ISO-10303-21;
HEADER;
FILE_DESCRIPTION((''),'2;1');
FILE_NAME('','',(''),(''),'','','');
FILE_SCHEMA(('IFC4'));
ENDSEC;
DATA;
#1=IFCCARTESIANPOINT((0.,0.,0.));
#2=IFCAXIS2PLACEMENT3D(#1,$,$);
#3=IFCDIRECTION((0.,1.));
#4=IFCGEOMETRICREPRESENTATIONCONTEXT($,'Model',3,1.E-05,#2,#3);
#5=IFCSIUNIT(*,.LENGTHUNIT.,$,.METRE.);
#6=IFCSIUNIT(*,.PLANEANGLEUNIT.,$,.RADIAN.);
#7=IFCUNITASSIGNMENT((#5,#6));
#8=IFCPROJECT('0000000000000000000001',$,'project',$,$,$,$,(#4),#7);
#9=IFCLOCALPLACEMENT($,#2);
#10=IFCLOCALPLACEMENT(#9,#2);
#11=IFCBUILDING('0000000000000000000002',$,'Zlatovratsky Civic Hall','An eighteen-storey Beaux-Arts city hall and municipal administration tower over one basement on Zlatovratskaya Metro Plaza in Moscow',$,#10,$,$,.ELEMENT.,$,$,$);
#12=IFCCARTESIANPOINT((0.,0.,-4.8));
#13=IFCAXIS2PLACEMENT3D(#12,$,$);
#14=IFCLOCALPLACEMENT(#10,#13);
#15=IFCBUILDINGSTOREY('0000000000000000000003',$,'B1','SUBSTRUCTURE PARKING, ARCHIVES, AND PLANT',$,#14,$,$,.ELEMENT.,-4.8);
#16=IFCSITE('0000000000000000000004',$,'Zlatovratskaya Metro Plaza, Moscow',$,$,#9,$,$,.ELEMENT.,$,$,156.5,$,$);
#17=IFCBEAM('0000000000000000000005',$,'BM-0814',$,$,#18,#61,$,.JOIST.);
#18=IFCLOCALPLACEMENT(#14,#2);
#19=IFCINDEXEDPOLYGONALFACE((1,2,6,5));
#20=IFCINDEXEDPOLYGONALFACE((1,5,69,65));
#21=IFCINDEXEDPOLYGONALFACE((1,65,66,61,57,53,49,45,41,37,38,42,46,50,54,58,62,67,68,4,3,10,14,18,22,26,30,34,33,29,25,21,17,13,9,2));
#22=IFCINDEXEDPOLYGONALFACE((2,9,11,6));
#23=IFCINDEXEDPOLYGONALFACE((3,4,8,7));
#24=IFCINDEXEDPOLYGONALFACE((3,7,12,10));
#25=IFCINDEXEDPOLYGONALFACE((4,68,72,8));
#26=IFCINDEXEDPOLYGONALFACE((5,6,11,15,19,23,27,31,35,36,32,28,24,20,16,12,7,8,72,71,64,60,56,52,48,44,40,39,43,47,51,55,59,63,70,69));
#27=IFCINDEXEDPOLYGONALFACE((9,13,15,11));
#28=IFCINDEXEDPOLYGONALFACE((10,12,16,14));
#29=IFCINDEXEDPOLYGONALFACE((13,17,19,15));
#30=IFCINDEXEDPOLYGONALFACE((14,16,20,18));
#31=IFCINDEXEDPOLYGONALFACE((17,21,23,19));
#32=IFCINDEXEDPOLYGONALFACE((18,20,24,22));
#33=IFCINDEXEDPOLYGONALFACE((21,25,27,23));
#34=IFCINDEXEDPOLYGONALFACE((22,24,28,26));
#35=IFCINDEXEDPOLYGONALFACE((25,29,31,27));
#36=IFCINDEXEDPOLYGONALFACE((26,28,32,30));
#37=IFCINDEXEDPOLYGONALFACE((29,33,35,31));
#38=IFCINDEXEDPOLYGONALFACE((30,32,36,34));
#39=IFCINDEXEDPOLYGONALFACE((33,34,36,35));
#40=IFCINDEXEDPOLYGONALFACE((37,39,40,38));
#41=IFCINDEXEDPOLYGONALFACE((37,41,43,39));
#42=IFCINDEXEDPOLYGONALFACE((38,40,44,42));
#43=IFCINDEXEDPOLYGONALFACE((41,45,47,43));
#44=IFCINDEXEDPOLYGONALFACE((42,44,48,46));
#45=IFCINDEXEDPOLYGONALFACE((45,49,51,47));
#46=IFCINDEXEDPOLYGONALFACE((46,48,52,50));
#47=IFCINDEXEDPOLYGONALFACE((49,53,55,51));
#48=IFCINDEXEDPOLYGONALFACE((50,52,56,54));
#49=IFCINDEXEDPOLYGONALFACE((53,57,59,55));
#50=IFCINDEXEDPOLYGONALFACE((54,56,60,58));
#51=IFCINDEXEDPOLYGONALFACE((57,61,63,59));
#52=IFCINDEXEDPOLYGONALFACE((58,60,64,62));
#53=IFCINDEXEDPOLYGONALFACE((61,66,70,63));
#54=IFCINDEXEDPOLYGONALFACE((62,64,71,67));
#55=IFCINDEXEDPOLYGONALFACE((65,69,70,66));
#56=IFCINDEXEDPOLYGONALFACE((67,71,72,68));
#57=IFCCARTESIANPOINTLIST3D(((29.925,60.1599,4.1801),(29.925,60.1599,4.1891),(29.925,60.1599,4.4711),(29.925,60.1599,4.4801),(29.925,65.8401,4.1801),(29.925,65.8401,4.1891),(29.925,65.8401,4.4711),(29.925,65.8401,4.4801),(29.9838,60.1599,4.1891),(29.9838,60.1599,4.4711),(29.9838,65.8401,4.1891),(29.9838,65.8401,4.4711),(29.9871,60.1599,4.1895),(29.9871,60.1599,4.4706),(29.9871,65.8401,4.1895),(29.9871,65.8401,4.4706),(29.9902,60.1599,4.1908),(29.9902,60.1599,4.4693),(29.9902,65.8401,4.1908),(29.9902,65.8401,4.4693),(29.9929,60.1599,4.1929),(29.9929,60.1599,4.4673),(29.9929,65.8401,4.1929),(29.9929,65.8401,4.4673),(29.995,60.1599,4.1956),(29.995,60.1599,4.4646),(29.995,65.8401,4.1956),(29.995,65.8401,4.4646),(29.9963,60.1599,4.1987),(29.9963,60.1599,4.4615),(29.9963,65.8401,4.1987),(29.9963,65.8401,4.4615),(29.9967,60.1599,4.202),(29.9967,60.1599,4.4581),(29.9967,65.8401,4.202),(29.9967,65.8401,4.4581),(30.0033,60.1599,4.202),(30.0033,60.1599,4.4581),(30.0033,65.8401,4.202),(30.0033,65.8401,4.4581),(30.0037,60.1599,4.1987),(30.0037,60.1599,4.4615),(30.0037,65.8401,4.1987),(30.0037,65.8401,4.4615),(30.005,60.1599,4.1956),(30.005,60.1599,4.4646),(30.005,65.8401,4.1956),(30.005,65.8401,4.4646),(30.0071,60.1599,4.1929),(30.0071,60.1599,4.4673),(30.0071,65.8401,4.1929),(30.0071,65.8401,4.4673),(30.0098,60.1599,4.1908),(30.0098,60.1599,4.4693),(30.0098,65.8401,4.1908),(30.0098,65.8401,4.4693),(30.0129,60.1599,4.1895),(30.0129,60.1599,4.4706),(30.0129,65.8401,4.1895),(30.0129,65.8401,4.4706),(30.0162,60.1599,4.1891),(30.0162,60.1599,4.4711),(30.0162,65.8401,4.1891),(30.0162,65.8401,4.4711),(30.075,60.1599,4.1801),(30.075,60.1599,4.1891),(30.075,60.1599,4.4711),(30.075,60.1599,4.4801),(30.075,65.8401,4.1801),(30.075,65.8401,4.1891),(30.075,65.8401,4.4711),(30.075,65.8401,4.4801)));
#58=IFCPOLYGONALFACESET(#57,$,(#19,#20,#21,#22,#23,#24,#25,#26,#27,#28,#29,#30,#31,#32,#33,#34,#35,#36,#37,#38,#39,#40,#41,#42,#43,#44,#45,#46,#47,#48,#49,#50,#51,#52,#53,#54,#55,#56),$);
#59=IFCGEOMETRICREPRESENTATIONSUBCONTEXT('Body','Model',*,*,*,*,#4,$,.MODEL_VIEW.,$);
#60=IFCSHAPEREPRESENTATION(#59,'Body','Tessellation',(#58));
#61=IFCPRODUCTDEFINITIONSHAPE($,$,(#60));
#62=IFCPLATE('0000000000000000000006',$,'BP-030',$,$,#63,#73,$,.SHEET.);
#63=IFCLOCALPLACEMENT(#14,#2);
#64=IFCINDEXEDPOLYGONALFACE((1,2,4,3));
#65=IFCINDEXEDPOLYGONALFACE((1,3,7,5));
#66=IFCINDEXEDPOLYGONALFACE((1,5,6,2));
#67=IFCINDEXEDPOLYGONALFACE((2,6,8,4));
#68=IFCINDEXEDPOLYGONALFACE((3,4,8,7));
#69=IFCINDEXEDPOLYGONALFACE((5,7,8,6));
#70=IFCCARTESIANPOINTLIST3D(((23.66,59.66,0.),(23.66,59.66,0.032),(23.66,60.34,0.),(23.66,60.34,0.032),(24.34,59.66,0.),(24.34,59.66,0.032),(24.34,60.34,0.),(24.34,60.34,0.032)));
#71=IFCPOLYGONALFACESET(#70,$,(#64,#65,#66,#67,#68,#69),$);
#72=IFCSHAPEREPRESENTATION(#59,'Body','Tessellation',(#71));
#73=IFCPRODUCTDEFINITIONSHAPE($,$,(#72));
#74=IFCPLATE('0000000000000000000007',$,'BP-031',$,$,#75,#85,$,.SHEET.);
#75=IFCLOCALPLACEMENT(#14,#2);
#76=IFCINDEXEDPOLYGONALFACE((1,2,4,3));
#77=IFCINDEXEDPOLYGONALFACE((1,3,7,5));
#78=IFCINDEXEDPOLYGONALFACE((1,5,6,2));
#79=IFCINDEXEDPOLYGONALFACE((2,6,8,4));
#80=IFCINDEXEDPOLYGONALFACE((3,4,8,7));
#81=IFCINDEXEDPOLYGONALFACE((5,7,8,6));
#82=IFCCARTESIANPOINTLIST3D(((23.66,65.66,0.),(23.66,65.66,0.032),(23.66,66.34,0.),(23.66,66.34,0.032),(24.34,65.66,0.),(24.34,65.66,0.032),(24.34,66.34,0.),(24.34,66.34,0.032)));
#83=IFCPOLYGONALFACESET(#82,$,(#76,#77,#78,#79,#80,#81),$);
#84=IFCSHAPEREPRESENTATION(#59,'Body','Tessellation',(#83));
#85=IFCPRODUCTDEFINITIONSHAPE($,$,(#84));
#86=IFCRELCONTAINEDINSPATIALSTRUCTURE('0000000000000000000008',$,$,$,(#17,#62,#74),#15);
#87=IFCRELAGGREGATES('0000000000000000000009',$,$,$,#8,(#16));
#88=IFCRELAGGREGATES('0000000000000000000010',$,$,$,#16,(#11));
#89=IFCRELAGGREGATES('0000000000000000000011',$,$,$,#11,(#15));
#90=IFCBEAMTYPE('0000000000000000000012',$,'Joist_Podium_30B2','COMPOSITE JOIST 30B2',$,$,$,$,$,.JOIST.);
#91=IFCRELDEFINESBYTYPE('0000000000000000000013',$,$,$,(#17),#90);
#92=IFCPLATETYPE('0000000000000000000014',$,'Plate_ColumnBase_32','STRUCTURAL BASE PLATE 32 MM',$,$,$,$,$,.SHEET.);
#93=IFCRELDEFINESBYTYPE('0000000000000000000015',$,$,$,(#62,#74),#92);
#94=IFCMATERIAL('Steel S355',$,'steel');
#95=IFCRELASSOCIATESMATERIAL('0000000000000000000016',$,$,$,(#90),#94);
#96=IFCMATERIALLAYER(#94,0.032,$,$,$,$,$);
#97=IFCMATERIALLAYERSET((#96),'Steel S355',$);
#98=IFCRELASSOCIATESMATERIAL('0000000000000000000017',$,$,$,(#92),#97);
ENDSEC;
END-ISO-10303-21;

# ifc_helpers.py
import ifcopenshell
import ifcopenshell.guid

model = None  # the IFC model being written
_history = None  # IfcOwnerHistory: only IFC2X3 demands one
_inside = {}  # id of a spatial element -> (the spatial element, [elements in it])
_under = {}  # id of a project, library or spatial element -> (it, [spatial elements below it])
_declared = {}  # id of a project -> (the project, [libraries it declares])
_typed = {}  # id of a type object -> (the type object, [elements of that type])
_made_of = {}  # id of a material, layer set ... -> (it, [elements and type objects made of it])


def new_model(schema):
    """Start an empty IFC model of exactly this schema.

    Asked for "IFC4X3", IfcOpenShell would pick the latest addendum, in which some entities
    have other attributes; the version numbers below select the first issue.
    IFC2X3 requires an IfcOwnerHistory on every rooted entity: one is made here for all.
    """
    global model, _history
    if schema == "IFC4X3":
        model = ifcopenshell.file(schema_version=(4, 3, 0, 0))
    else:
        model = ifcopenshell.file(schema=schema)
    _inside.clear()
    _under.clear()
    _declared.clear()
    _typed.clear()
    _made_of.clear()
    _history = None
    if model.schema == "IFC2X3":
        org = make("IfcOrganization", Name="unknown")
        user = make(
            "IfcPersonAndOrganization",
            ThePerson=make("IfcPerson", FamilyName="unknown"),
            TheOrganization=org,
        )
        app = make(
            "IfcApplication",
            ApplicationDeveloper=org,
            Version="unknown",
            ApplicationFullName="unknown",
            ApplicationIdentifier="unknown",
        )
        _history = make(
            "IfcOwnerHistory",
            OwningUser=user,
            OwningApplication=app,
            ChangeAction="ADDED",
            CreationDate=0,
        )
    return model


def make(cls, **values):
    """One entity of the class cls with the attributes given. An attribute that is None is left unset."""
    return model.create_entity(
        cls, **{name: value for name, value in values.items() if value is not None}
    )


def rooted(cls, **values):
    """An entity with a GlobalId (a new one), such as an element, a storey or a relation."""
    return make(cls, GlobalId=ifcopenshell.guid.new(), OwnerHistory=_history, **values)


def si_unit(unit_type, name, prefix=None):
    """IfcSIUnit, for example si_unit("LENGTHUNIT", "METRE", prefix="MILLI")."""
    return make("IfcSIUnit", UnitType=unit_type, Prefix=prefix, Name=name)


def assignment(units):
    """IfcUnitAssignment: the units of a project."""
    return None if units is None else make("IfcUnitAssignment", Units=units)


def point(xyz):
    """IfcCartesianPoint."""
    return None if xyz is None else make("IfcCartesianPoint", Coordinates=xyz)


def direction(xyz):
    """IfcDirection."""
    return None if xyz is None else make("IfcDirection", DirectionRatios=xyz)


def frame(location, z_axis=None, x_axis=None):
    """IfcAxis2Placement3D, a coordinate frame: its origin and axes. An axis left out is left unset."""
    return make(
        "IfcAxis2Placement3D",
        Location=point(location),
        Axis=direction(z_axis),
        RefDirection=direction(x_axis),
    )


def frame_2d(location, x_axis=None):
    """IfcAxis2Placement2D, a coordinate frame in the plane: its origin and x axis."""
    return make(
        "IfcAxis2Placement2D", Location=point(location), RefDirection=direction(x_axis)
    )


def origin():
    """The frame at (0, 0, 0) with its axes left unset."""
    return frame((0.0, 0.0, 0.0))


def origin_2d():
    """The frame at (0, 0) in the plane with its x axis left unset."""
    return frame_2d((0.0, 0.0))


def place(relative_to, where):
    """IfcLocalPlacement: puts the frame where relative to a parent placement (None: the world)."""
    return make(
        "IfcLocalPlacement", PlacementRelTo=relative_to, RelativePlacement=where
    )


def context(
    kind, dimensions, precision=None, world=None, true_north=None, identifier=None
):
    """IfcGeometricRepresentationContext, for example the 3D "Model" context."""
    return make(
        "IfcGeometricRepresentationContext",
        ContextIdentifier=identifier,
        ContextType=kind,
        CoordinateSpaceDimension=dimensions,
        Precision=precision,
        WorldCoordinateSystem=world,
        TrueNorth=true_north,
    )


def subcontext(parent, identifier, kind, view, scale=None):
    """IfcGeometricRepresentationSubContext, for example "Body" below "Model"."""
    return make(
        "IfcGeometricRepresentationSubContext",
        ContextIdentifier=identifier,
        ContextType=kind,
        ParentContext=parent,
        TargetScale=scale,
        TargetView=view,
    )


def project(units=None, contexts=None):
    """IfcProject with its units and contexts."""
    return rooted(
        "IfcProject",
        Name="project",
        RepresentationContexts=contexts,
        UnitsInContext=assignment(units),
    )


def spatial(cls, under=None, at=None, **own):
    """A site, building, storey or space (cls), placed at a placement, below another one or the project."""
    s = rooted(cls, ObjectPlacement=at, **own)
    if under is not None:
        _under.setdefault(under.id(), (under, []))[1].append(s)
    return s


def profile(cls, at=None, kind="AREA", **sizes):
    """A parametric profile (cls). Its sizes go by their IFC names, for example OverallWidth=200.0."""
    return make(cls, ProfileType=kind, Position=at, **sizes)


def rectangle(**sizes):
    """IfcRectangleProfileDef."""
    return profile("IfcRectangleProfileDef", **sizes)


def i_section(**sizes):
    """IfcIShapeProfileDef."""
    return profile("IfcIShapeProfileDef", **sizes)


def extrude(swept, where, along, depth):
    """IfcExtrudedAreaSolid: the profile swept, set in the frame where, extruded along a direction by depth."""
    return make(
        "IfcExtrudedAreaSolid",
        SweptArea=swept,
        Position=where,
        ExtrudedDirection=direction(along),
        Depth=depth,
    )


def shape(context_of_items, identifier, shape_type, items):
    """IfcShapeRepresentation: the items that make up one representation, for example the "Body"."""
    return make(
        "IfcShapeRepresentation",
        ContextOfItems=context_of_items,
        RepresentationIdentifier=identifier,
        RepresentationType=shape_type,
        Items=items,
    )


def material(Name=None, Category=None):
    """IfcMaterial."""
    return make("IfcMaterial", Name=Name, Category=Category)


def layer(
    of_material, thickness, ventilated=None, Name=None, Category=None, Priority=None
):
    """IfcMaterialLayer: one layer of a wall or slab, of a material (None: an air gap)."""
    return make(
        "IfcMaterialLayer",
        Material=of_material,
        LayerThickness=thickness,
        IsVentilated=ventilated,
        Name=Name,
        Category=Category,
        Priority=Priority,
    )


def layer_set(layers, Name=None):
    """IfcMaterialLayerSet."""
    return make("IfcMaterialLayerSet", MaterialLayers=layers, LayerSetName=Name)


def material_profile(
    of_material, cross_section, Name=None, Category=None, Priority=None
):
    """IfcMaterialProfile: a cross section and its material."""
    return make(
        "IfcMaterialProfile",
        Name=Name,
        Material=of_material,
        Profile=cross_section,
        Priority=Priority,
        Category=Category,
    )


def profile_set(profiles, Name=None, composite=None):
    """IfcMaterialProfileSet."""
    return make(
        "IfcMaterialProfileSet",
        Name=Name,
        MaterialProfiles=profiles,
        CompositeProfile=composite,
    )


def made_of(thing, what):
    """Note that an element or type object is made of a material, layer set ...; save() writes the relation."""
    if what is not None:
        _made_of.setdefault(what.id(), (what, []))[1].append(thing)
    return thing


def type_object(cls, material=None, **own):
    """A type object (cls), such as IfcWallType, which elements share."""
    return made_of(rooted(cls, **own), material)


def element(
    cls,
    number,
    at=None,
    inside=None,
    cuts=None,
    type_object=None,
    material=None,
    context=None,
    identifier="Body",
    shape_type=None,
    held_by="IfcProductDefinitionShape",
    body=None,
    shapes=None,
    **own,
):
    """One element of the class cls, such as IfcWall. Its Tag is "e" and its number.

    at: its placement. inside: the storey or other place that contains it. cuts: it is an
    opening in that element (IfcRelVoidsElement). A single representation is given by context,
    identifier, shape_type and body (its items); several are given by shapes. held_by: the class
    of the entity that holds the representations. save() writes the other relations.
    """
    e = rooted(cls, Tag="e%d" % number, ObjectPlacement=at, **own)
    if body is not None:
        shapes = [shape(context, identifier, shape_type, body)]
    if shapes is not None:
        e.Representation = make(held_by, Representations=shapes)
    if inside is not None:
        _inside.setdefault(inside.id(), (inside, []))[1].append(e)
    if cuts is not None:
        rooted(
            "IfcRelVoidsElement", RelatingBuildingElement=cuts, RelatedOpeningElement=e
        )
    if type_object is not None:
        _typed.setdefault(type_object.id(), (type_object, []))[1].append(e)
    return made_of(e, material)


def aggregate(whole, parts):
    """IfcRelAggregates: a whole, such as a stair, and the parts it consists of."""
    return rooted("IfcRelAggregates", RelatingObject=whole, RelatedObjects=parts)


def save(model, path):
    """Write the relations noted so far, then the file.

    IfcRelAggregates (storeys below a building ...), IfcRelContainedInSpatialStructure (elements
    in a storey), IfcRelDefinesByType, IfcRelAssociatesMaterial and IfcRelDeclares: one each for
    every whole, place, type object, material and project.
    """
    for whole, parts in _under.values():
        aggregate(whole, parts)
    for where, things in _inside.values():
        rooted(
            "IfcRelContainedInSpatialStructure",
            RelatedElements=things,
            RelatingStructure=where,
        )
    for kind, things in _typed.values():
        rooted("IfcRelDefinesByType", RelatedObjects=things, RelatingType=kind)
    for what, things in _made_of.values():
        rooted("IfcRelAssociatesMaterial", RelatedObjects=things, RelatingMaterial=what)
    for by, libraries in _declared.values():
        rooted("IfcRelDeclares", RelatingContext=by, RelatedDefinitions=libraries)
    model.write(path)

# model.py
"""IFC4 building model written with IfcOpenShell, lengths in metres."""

from ifc_helpers import new_model, si_unit, direction, frame, origin, origin_2d, place, context, subcontext, project, spatial, rectangle, i_section, extrude, material, layer, layer_set, material_profile, profile_set, type_object, element, save


model = new_model("IFC4")

# Units and contexts
model_context = context("Model", 3, precision=1e-05, world=origin(), true_north=direction((0.0, 1.0)))
body_context = subcontext(model_context, "Body", "Model", "MODEL_VIEW")
ifc_project = project(units=[si_unit("LENGTHUNIT", "METRE"), si_unit("PLANEANGLEUNIT", "RADIAN")], contexts=[model_context])

# Site, building, storey
site_placement = place(None, origin())
site = spatial("IfcSite", under=ifc_project, at=site_placement, Name="Zlatovratskaya Metro Plaza, Moscow", CompositionType="ELEMENT", RefElevation=156.5)
building_placement = place(site_placement, origin())
building = spatial("IfcBuilding", under=site, at=building_placement, Name="Zlatovratsky Civic Hall", Description="An eighteen-storey Beaux-Arts city hall and municipal administration tower over one basement on Zlatovratskaya Metro Plaza in Moscow", CompositionType="ELEMENT")
storey_placement = place(building_placement, frame((0.0, 0.0, -4.8)))
storey = spatial("IfcBuildingStorey", under=building, at=storey_placement, Name="B1", Description="SUBSTRUCTURE PARKING, ARCHIVES, AND PLANT", CompositionType="ELEMENT", Elevation=-4.8)

# Shared definitions
ifc_material_1 = material(Name="Steel S355", Category="steel")

# Beam
ifc_material_profile_1 = material_profile(ifc_material_1, i_section(OverallWidth=0.1499, OverallDepth=0.3, WebThickness=0.0066, FlangeThickness=0.009, FilletRadius=0.0129, at=origin_2d()), Name="30B2")
ifc_profile_set_1 = profile_set([ifc_material_profile_1], Name="Steel S355")
beam_type_1 = type_object("IfcBeamType", Name="Joist_Podium_30B2", Description="COMPOSITE JOIST 30B2", PredefinedType="JOIST", material=ifc_profile_set_1)
for number, where, z_axis, x_axis, name in (
    (1, (30.0, 60.1599, 4.3301), (0.0, 1.0, 0.0), (-1.0, 0.0, 0.0), "BM-0814"),
):
    element("IfcBeam", number, at=place(storey_placement, frame(where, z_axis=z_axis, x_axis=x_axis)), inside=storey, type_object=beam_type_1, Name=name, PredefinedType="JOIST", context=body_context, shape_type="SweptSolid", body=[
        extrude(i_section(OverallWidth=0.1499, OverallDepth=0.3, WebThickness=0.0066, FlangeThickness=0.009, FilletRadius=0.0129, at=origin_2d()), origin(), (0.0, 0.0, 1.0), 5.6802),
    ])

# Plates
ifc_layer = layer(ifc_material_1, 0.032)
ifc_layer_set = layer_set([ifc_layer], Name="Steel S355")
plate_type = type_object("IfcPlateType", Name="Plate_ColumnBase_32", Description="STRUCTURAL BASE PLATE 32 MM", PredefinedType="SHEET", material=ifc_layer_set)
for number, where, z_axis, x_axis, name in (
    (2, (24.0, 60.0, 0.0), (0.0, 0.0, 1.0), (1.0, 0.0, 0.0), "BP-030"),
    (3, (24.0, 66.0, 0.0), (0.0, 0.0, 1.0), (1.0, 0.0, 0.0), "BP-031"),
):
    element("IfcPlate", number, at=place(storey_placement, frame(where, z_axis=z_axis, x_axis=x_axis)), inside=storey, type_object=plate_type, Name=name, PredefinedType="SHEET", context=body_context, shape_type="SweptSolid", body=[
        extrude(rectangle(XDim=0.6799, YDim=0.6799, at=origin_2d()), origin(), (0.0, 0.0, 1.0), 0.032),
    ])

save(model, "model.ifc")
